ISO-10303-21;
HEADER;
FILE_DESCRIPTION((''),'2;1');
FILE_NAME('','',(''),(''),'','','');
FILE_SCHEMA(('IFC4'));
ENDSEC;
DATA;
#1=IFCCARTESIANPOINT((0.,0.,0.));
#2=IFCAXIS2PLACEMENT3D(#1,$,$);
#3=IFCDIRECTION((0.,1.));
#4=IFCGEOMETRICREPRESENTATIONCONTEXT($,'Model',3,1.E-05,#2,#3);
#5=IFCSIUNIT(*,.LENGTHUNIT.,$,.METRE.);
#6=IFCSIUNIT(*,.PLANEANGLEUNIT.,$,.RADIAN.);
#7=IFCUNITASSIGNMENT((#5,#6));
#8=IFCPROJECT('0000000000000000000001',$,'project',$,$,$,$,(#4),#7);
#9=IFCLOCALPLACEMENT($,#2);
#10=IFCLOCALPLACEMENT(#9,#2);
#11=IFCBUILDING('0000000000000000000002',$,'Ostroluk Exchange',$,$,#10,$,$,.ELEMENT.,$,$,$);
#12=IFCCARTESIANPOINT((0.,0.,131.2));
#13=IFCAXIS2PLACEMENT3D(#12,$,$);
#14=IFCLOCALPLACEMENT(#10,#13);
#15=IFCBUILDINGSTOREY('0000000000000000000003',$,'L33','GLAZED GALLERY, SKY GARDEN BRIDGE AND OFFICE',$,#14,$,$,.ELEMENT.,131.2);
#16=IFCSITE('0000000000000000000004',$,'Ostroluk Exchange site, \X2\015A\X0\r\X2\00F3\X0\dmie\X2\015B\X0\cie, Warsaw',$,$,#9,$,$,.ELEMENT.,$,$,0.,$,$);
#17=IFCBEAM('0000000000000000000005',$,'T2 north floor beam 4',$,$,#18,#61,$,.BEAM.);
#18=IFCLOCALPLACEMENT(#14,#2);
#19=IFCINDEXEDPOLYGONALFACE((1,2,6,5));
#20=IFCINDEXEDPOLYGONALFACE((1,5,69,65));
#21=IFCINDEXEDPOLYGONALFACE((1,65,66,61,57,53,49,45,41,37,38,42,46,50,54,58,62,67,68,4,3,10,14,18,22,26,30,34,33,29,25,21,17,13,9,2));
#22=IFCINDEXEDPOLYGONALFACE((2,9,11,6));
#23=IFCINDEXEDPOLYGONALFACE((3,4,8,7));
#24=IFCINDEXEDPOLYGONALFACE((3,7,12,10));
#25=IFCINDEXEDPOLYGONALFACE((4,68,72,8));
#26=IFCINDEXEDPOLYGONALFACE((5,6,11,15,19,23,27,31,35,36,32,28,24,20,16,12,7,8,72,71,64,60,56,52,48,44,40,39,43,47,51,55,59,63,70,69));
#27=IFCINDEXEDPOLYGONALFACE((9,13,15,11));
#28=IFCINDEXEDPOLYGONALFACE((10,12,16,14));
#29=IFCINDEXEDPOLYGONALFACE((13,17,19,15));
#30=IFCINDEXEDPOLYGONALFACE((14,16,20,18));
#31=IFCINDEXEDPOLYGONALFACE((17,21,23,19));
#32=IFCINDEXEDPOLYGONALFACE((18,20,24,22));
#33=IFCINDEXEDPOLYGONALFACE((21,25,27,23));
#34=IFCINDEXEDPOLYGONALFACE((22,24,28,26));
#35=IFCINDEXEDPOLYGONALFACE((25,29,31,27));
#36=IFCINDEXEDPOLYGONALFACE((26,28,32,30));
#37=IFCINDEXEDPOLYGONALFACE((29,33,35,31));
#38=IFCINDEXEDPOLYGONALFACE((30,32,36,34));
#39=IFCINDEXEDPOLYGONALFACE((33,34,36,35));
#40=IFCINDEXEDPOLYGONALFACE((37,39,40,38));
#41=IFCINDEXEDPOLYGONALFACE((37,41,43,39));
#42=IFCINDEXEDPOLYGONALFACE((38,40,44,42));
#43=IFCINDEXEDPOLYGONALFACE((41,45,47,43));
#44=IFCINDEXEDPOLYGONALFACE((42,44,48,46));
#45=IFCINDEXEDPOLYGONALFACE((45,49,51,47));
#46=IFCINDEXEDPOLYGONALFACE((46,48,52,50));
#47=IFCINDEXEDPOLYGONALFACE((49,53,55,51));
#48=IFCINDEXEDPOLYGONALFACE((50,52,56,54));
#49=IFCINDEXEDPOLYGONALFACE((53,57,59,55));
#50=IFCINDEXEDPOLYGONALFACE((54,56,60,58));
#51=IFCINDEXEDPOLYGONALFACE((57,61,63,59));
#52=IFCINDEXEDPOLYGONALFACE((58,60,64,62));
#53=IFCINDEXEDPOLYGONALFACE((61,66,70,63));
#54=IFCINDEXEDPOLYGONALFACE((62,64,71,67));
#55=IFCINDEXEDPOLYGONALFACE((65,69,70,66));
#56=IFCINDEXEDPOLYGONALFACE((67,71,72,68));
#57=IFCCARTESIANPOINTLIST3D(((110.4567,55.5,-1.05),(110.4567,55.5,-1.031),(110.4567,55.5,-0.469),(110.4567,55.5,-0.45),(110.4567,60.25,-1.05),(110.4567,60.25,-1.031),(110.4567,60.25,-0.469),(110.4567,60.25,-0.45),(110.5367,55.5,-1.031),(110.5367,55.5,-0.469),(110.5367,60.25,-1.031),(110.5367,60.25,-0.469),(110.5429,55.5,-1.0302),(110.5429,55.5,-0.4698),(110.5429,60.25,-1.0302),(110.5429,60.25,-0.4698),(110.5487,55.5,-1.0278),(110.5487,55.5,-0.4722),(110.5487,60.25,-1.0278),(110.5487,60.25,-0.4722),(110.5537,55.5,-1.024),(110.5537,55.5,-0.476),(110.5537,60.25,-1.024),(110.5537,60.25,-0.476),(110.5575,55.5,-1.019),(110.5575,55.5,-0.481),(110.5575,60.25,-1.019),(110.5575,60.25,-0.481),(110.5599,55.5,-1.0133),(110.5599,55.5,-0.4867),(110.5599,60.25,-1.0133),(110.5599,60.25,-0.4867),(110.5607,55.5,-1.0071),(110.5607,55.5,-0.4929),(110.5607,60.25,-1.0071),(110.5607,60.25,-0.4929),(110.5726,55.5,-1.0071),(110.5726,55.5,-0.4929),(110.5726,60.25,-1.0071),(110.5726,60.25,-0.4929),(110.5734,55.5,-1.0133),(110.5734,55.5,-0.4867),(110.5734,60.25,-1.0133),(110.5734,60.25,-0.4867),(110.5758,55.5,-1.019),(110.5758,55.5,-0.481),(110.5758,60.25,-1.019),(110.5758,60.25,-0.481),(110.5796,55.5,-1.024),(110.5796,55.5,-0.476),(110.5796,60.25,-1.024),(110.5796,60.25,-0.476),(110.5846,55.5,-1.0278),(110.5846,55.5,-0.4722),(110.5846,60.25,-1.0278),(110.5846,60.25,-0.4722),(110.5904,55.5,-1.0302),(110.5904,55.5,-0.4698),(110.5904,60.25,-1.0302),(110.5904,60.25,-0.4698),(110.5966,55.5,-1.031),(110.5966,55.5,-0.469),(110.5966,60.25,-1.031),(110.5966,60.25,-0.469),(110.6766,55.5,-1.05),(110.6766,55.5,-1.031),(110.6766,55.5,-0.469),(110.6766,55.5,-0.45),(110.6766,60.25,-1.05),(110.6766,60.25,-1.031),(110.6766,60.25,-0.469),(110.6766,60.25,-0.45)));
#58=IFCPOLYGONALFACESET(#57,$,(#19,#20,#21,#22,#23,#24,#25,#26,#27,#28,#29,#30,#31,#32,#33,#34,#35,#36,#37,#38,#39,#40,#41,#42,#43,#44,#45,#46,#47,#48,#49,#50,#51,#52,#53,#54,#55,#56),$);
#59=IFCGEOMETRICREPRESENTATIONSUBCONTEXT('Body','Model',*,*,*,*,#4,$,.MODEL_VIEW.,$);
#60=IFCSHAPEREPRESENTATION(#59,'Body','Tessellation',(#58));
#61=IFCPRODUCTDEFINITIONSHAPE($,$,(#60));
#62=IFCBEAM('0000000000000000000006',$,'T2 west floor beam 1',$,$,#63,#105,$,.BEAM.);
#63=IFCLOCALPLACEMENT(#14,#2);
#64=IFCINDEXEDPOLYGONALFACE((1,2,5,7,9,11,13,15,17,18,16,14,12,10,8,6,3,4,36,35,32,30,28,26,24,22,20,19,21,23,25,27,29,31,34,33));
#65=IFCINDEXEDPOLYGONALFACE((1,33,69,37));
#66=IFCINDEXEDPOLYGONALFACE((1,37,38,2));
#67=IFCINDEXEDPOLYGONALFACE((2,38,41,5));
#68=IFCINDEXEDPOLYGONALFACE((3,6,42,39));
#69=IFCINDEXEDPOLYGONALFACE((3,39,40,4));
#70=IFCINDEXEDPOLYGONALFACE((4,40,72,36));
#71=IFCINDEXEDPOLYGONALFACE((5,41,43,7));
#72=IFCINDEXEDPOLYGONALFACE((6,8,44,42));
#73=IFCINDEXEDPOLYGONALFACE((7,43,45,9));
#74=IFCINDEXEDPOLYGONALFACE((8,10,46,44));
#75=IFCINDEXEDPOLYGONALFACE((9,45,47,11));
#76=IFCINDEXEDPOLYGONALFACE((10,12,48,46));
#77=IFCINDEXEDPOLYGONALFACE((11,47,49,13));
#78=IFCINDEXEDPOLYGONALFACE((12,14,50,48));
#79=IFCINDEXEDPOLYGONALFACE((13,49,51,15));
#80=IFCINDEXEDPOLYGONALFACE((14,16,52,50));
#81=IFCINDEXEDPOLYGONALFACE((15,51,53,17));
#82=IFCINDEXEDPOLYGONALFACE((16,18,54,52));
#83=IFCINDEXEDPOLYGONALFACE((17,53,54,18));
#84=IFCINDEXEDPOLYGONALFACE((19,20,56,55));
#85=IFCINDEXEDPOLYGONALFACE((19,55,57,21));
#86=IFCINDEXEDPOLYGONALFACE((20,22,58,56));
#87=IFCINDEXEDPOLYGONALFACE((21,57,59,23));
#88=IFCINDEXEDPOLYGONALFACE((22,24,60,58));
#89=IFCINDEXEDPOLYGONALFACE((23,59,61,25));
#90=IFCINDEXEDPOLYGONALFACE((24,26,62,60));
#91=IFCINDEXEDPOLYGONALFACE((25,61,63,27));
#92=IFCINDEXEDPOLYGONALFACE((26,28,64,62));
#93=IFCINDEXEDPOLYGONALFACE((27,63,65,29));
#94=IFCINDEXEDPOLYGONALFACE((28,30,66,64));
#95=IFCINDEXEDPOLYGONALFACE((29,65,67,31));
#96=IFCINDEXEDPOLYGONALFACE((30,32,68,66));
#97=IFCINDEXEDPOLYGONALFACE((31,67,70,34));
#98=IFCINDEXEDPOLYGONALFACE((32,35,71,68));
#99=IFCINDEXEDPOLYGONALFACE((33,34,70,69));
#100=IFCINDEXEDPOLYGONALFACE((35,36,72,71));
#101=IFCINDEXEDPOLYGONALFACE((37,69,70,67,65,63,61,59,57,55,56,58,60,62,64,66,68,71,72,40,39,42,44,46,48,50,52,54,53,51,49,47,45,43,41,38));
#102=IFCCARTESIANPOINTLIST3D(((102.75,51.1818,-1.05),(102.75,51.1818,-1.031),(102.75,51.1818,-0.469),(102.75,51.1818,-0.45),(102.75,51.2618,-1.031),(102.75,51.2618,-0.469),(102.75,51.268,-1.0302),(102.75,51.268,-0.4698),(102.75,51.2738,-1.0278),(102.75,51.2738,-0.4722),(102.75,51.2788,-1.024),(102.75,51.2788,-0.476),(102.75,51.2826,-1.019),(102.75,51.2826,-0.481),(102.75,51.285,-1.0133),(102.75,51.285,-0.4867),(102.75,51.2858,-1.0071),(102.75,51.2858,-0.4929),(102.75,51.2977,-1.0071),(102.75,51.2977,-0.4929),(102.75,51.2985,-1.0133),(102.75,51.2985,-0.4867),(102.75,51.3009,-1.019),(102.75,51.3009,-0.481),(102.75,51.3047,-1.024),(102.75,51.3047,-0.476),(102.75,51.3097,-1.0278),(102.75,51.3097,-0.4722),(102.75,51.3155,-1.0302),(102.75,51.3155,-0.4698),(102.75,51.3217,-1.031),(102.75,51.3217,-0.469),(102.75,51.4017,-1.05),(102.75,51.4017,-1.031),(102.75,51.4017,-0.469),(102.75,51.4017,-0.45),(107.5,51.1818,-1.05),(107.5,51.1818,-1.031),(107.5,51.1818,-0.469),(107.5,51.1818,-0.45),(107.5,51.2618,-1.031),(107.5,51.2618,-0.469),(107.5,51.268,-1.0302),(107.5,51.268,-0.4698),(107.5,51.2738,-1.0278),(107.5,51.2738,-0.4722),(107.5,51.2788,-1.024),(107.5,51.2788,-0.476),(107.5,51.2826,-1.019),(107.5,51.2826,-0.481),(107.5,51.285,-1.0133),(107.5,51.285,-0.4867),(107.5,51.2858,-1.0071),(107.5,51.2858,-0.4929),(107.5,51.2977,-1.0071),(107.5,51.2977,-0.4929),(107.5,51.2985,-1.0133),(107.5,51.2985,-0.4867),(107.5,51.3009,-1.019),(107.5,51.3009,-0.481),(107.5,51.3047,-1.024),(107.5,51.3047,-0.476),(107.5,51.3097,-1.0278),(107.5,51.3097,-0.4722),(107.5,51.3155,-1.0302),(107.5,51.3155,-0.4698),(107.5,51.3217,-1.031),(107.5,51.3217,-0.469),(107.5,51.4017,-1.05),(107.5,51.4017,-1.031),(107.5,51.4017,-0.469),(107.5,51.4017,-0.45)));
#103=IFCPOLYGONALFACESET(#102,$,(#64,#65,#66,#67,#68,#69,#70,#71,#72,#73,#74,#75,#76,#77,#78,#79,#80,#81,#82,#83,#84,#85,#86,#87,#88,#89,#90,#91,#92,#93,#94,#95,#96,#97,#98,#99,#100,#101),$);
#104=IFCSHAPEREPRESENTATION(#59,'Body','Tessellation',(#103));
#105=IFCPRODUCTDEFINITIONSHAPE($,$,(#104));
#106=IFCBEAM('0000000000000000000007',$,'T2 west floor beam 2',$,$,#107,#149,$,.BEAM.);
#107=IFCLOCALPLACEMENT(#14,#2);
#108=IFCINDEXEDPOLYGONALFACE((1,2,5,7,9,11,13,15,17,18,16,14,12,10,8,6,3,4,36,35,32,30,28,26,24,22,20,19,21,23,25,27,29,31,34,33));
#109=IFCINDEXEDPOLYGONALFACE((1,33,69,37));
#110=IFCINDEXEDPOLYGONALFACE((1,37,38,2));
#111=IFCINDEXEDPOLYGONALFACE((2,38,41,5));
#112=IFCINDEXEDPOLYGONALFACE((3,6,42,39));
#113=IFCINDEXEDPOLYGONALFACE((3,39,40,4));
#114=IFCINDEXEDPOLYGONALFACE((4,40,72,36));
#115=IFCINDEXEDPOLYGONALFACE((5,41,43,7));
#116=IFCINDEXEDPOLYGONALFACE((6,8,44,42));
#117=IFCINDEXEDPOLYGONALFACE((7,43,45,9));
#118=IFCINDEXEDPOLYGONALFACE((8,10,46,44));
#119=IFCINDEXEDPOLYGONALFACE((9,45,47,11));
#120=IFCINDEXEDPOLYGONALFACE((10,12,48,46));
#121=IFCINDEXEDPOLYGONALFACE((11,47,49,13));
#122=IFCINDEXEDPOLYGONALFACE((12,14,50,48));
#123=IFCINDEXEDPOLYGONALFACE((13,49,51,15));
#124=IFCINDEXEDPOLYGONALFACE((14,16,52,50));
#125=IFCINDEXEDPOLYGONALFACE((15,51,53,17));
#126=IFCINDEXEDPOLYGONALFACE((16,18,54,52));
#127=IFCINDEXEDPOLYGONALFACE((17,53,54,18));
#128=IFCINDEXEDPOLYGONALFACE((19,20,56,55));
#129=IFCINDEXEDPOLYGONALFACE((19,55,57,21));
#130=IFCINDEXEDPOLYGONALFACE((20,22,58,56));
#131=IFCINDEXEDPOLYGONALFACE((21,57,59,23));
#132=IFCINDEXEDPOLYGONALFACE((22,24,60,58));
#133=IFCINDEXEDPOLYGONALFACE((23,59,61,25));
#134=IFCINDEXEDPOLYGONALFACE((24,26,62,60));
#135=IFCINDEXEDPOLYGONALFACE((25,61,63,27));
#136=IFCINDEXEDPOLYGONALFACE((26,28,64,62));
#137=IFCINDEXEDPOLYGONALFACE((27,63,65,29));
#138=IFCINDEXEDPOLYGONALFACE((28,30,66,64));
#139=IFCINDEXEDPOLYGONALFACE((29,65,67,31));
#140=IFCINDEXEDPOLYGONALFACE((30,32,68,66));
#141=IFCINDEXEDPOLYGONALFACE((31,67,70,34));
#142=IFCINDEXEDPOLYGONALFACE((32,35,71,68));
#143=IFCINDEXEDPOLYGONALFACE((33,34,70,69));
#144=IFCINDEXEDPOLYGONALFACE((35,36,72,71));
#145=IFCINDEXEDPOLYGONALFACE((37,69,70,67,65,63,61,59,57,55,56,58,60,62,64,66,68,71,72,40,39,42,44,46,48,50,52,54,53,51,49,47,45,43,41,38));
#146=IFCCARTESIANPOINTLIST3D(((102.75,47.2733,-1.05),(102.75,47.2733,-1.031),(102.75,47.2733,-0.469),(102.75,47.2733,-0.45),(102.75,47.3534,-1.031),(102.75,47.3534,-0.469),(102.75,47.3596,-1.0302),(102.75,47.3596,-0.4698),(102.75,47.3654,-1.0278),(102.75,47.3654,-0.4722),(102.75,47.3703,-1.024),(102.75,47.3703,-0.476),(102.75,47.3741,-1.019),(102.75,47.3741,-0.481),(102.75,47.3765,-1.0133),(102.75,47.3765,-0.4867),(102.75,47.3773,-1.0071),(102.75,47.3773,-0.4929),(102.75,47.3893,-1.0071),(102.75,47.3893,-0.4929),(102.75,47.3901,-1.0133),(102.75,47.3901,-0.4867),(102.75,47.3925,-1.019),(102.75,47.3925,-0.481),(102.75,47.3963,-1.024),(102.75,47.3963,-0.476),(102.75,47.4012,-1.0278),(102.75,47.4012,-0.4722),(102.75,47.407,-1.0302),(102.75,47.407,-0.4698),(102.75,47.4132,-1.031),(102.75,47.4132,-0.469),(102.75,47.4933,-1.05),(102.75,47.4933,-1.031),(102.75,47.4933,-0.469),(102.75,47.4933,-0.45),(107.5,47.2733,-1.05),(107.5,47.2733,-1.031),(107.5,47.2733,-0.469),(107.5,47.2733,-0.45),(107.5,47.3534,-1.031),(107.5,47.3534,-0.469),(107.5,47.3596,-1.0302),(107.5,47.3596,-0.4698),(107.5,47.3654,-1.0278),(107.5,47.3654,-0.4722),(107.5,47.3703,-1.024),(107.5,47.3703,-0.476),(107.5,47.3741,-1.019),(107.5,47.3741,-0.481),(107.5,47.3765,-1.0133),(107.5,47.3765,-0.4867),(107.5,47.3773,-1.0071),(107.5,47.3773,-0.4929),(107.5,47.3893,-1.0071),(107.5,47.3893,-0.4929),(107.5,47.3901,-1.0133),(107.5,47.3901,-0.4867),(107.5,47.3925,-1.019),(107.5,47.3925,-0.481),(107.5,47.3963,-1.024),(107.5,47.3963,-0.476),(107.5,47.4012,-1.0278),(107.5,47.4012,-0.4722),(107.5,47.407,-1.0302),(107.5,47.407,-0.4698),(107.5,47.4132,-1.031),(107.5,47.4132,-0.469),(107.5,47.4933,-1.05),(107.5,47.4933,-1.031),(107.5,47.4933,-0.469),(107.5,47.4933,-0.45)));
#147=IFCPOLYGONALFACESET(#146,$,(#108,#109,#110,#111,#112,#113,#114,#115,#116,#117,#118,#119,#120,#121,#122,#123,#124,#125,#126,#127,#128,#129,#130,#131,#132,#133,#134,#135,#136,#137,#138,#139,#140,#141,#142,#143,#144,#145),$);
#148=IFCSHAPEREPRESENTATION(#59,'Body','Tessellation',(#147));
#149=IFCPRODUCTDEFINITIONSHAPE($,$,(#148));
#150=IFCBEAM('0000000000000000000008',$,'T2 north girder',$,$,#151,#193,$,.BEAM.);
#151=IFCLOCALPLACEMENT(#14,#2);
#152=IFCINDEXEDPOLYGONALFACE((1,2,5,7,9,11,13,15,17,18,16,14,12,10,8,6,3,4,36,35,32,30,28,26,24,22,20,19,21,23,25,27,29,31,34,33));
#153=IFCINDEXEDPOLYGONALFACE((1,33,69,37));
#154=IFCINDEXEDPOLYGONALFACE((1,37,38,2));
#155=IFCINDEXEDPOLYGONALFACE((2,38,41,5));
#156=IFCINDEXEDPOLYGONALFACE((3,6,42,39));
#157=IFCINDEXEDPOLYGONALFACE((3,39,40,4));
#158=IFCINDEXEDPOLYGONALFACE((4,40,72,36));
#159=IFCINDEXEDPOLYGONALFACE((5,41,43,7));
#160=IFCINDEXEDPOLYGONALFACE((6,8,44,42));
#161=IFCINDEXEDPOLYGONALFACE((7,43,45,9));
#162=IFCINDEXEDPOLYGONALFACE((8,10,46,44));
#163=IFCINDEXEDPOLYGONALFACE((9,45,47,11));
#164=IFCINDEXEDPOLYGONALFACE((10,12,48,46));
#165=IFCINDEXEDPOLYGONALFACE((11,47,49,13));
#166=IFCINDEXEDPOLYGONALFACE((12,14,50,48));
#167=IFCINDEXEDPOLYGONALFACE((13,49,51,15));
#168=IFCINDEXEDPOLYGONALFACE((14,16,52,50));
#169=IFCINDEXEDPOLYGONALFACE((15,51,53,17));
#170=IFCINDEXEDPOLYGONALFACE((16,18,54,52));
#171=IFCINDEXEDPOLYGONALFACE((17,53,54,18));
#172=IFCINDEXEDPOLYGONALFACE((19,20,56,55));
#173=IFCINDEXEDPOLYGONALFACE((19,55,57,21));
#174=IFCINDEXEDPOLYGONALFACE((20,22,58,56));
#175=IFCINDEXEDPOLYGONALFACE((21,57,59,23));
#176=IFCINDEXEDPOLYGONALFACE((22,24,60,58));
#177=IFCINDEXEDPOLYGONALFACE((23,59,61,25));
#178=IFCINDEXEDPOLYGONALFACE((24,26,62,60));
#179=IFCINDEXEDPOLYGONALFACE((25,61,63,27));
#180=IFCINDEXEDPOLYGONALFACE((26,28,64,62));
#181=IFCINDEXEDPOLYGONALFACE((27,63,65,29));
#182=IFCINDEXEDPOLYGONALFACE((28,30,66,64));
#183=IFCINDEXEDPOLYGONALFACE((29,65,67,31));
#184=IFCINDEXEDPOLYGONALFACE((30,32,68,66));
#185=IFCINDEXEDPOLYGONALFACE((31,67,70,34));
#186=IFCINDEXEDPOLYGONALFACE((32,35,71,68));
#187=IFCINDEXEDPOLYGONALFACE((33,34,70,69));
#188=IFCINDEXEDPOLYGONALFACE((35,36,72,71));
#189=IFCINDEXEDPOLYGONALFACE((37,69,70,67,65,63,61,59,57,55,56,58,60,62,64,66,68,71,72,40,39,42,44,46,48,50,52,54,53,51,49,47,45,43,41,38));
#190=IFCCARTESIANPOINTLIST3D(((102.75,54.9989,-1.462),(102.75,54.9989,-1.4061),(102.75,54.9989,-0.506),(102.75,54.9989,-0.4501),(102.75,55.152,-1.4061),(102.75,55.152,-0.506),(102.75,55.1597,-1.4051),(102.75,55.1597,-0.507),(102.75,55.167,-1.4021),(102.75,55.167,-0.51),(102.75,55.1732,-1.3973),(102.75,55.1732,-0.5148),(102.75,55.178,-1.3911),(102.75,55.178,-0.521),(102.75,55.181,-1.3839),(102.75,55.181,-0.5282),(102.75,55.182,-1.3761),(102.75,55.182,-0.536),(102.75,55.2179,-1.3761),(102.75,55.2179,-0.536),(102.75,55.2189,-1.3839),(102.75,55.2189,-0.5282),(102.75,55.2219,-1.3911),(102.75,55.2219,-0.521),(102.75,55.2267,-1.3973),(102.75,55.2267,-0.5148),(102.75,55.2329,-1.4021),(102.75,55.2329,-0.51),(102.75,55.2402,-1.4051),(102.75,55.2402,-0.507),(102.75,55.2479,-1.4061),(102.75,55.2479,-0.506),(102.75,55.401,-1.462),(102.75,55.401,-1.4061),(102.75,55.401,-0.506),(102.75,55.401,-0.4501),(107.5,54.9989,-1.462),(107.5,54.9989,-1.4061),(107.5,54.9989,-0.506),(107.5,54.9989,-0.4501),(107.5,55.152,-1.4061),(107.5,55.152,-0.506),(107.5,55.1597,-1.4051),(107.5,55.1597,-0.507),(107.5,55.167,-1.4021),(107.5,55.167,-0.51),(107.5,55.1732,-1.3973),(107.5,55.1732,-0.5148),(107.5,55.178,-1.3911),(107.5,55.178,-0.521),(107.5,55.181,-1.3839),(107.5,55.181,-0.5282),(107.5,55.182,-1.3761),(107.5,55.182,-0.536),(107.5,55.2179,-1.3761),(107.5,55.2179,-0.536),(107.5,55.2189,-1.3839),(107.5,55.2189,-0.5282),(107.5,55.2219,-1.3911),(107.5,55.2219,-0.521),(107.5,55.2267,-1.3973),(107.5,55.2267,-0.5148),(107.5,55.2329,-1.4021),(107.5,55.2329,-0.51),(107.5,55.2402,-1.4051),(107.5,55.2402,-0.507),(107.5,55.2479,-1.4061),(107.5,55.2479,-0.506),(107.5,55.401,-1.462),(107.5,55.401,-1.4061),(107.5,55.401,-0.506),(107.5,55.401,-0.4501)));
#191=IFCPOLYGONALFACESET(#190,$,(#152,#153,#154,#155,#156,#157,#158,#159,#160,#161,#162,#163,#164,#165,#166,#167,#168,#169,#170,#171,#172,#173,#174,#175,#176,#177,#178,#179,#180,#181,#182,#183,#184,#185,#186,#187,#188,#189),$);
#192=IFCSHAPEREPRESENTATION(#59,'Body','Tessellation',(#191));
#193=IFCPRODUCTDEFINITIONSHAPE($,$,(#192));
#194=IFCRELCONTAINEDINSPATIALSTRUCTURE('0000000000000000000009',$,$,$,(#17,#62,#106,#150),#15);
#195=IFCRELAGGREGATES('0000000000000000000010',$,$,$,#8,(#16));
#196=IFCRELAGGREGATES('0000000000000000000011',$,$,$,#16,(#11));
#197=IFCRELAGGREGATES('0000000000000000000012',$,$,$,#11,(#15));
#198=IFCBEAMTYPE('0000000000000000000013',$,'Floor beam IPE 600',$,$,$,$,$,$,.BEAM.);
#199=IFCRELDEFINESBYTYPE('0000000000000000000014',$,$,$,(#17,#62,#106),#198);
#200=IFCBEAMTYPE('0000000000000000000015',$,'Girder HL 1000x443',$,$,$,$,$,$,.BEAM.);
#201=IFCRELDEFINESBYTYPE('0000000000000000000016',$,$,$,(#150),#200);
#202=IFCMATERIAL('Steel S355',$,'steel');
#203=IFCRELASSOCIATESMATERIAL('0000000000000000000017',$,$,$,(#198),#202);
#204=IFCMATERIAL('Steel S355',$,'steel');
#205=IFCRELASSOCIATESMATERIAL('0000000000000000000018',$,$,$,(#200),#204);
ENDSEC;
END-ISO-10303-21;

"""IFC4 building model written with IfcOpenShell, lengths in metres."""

from ifc_helpers import new_model, si_unit, direction, frame, origin, origin_2d, place, context, subcontext, project, spatial, i_section, extrude, material, material_profile, profile_set, type_object, element, save


model = new_model("IFC4")

# Units and contexts
model_context = context("Model", 3, precision=1e-05, world=origin(), true_north=direction((0.0, 1.0)))
body_context = subcontext(model_context, "Body", "Model", "MODEL_VIEW")
ifc_project = project(units=[si_unit("LENGTHUNIT", "METRE"), si_unit("PLANEANGLEUNIT", "RADIAN")], contexts=[model_context])

# Site, building, storey
site_placement = place(None, origin())
site = spatial("IfcSite", under=ifc_project, at=site_placement, Name="Ostroluk Exchange site, Śródmieście, Warsaw", CompositionType="ELEMENT", RefElevation=0.0)
building_placement = place(site_placement, origin())
building = spatial("IfcBuilding", under=site, at=building_placement, Name="Ostroluk Exchange", CompositionType="ELEMENT")
storey_placement = place(building_placement, frame((0.0, 0.0, 131.2)))
storey = spatial("IfcBuildingStorey", under=building, at=storey_placement, Name="L33", Description="GLAZED GALLERY, SKY GARDEN BRIDGE AND OFFICE", CompositionType="ELEMENT", Elevation=131.2)

# Beams
ifc_material_1 = material(Name="Steel S355", Category="steel")
ifc_material_profile_1 = material_profile(ifc_material_1, i_section(OverallWidth=0.22, OverallDepth=0.6001, WebThickness=0.012, FlangeThickness=0.019, FilletRadius=0.0239, at=origin_2d()), Name="IPE 600")
ifc_profile_set_1 = profile_set([ifc_material_profile_1], Name="Steel S355")
beam_type_1 = type_object("IfcBeamType", Name="Floor beam IPE 600", PredefinedType="BEAM", material=ifc_profile_set_1)
for number, where, z_axis, x_axis, name in (
    (1, (110.5667, 55.5, -0.75), (0.0, 1.0, 0.0), (-1.0, 0.0, 0.0), "T2 north floor beam 4"),
    (2, (107.5, 51.2917, -0.75), (-1.0, 0.0, 0.0), (0.0, -1.0, 0.0), "T2 west floor beam 1"),
    (3, (107.5, 47.3833, -0.75), (-1.0, 0.0, 0.0), (0.0, -1.0, 0.0), "T2 west floor beam 2"),
):
    element("IfcBeam", number, at=place(storey_placement, frame(where, z_axis=z_axis, x_axis=x_axis)), inside=storey, type_object=beam_type_1, Name=name, PredefinedType="BEAM", context=body_context, shape_type="SweptSolid", body=[
        extrude(i_section(OverallWidth=0.22, OverallDepth=0.6001, WebThickness=0.012, FlangeThickness=0.019, FilletRadius=0.0239, at=origin_2d()), origin(), (0.0, 0.0, 1.0), 4.75),
    ])
ifc_material_2 = material(Name="Steel S355", Category="steel")
ifc_material_profile_2 = material_profile(ifc_material_2, i_section(OverallWidth=0.4021, OverallDepth=1.012, WebThickness=0.0359, FlangeThickness=0.0559, FilletRadius=0.03, at=origin_2d()), Name="HL 1000x443")
ifc_profile_set_2 = profile_set([ifc_material_profile_2], Name="Steel S355")
beam_type_2 = type_object("IfcBeamType", Name="Girder HL 1000x443", PredefinedType="BEAM", material=ifc_profile_set_2)
beam_placement = place(storey_placement, frame((107.5, 55.2, -0.9561), z_axis=(-1.0, 0.0, 0.0), x_axis=(0.0, -1.0, 0.0)))
element("IfcBeam", 4, at=beam_placement, inside=storey, type_object=beam_type_2, Name="T2 north girder", PredefinedType="BEAM", context=body_context, shape_type="SweptSolid", body=[
    extrude(i_section(OverallWidth=0.4021, OverallDepth=1.012, WebThickness=0.0359, FlangeThickness=0.0559, FilletRadius=0.03, at=origin_2d()), origin(), (0.0, 0.0, 1.0), 4.75),
])

save(model, "model.ifc")
